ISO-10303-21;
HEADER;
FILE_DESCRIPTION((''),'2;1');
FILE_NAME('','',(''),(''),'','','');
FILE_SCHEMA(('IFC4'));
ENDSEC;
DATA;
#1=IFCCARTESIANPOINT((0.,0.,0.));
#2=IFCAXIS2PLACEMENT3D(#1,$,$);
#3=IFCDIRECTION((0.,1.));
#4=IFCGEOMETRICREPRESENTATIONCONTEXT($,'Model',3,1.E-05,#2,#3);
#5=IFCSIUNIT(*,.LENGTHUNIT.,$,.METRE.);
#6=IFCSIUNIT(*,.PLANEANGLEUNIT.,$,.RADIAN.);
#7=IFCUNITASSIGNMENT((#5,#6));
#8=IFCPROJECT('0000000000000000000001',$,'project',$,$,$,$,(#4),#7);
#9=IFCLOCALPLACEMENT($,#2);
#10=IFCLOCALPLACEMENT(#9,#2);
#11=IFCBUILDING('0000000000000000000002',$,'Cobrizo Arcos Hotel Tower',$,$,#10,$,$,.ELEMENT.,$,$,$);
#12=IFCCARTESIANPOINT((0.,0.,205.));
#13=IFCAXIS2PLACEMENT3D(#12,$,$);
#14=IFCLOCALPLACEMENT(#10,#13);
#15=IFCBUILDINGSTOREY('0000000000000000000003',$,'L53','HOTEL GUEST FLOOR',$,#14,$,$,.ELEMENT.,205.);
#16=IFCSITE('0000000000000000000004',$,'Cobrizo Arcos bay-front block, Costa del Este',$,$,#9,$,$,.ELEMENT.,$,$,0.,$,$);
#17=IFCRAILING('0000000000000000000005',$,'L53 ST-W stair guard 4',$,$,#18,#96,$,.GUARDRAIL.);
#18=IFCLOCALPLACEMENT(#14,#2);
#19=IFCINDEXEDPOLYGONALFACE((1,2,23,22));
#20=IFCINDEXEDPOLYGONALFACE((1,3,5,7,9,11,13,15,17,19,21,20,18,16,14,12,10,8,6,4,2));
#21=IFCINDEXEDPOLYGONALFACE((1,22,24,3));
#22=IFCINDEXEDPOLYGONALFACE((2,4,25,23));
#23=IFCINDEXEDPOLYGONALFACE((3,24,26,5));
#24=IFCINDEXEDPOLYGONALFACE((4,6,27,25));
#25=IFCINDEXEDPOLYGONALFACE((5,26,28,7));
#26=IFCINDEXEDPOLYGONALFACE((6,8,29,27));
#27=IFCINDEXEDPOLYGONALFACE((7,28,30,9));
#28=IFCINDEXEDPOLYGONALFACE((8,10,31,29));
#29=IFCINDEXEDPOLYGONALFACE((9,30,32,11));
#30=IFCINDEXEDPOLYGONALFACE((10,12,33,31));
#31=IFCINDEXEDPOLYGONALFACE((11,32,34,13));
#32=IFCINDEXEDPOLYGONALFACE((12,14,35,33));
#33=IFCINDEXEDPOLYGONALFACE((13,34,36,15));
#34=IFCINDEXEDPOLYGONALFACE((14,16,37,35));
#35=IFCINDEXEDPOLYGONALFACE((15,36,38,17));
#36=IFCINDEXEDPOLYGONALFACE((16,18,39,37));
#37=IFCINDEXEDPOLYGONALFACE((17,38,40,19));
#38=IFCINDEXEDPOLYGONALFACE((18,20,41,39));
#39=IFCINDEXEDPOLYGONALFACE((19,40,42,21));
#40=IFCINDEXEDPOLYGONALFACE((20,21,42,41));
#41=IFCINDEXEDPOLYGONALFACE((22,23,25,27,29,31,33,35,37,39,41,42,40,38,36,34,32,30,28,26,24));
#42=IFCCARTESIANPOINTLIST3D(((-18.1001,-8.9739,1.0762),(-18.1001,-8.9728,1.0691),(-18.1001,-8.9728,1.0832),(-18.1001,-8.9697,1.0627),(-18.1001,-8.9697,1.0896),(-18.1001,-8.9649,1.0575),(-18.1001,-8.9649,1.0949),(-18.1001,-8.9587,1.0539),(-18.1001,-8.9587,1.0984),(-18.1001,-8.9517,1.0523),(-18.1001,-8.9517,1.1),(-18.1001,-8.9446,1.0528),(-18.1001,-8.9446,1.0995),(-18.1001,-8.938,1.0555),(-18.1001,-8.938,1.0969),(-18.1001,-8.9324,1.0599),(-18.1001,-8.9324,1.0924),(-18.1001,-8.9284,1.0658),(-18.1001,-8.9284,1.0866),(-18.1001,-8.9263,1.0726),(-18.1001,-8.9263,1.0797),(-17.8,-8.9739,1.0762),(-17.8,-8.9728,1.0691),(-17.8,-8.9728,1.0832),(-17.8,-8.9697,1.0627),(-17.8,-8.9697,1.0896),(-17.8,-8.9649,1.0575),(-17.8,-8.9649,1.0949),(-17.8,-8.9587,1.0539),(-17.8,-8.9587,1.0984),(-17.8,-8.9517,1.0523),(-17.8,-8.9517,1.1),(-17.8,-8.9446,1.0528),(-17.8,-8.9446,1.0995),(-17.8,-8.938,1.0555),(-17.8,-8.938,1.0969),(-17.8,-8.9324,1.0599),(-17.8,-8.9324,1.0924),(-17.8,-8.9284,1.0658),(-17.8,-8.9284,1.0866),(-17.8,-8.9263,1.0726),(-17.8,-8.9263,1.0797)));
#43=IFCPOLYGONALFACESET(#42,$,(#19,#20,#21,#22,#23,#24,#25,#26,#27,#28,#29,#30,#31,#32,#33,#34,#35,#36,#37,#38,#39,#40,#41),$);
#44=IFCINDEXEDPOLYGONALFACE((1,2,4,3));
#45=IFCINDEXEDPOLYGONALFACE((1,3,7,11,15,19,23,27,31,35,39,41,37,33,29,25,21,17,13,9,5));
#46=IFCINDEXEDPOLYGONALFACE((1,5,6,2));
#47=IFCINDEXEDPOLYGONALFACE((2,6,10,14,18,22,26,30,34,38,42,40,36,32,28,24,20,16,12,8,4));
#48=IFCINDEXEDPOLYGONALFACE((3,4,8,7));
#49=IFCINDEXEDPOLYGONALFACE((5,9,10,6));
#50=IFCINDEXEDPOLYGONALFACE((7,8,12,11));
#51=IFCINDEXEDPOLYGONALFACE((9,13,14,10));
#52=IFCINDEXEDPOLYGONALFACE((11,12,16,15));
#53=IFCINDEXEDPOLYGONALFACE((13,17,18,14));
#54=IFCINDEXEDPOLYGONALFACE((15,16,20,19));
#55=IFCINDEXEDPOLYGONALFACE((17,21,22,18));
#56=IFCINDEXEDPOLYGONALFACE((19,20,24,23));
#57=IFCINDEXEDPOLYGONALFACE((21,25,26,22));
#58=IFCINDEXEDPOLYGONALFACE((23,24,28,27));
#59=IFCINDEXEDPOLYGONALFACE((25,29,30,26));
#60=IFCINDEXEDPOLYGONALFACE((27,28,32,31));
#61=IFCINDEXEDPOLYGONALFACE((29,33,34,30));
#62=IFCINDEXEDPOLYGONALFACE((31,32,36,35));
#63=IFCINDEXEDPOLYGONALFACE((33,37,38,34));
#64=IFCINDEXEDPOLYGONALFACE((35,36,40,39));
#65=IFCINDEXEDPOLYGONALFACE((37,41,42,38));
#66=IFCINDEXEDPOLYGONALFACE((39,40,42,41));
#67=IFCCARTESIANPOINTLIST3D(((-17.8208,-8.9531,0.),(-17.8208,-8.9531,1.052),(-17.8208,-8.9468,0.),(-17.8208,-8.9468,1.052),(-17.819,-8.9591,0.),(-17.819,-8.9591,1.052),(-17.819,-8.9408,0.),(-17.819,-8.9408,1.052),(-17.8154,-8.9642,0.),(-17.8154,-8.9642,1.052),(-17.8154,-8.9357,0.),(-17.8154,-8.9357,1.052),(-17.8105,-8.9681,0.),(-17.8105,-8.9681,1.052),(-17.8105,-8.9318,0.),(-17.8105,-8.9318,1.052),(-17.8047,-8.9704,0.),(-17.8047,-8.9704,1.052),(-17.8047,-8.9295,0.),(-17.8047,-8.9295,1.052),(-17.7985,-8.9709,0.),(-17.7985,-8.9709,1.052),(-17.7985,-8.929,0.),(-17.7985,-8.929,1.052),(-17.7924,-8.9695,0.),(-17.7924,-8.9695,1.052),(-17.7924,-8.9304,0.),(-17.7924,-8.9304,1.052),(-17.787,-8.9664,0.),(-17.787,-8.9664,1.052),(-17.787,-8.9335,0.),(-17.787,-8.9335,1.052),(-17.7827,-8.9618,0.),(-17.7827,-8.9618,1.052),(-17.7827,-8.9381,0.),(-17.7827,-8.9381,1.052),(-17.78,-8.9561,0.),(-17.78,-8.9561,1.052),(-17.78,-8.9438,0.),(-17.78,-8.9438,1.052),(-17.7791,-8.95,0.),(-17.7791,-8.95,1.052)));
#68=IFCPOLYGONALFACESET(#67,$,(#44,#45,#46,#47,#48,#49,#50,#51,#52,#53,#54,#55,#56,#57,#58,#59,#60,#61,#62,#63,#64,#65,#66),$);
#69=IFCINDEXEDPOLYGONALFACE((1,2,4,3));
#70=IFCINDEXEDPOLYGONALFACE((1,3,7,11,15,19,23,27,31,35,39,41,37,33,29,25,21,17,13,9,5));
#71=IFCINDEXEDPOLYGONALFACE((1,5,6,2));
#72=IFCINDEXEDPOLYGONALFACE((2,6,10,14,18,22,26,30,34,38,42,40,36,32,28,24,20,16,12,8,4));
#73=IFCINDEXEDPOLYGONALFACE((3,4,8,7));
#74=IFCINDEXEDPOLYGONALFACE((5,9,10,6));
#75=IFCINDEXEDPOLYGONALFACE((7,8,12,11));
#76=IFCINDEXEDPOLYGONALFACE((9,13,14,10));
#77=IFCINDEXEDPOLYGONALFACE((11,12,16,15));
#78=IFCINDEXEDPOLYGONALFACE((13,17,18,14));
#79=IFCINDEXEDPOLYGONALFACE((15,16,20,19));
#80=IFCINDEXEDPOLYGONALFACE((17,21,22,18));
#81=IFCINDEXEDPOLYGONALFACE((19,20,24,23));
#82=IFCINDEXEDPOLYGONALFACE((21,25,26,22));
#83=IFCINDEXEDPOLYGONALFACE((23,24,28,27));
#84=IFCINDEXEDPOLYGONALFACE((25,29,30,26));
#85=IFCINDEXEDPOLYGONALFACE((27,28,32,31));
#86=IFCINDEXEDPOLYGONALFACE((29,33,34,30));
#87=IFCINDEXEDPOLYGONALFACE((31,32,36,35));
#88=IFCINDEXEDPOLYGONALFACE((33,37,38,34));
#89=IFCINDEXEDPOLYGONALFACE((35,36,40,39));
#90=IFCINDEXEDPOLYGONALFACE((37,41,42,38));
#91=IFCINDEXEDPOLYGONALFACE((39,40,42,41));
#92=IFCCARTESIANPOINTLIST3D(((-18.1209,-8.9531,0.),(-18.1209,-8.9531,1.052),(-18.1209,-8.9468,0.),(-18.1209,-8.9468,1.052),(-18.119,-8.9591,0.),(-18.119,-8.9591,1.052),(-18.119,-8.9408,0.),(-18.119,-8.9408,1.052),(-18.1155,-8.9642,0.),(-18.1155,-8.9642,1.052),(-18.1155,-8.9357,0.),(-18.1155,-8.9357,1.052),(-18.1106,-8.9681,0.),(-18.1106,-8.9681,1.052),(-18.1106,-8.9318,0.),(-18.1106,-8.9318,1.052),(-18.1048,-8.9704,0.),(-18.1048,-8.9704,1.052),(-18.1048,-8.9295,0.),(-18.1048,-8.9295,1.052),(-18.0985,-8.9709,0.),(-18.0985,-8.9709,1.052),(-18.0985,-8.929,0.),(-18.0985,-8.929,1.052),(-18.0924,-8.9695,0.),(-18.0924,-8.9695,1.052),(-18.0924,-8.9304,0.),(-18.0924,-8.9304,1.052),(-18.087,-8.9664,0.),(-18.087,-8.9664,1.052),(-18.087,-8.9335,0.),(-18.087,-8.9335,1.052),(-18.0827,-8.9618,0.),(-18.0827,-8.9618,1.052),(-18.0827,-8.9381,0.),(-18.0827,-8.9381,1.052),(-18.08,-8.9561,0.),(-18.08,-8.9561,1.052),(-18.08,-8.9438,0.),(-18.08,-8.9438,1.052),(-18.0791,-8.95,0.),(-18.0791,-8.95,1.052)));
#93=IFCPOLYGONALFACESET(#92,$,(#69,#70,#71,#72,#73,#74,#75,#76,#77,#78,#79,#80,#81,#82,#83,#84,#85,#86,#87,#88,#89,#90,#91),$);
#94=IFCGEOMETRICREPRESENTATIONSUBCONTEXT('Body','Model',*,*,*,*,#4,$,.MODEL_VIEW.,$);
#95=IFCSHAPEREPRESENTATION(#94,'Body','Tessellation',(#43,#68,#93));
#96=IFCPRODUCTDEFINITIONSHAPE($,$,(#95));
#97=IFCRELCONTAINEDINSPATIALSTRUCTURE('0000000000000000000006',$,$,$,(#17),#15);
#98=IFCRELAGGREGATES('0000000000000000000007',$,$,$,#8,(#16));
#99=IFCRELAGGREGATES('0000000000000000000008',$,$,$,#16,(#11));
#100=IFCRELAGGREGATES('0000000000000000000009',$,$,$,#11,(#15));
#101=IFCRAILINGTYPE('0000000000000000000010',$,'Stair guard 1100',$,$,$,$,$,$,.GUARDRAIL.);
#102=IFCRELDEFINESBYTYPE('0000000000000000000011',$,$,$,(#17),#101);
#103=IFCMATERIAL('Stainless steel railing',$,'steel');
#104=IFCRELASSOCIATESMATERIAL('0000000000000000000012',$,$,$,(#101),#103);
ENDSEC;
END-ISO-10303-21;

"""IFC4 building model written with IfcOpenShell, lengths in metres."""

from ifc_helpers import new_model, si_unit, direction, frame, origin, origin_2d, place, context, subcontext, project, spatial, circle, extrude, material, type_object, element, save


model = new_model("IFC4")

# Units and contexts
model_context = context("Model", 3, precision=1e-05, world=origin(), true_north=direction((0.0, 1.0)))
body_context = subcontext(model_context, "Body", "Model", "MODEL_VIEW")
ifc_project = project(units=[si_unit("LENGTHUNIT", "METRE"), si_unit("PLANEANGLEUNIT", "RADIAN")], contexts=[model_context])

# Site, building, storey
site_placement = place(None, origin())
site = spatial("IfcSite", under=ifc_project, at=site_placement, Name="Cobrizo Arcos bay-front block, Costa del Este", CompositionType="ELEMENT", RefElevation=0.0)
building_placement = place(site_placement, origin())
building = spatial("IfcBuilding", under=site, at=building_placement, Name="Cobrizo Arcos Hotel Tower", CompositionType="ELEMENT")
storey_placement = place(building_placement, frame((0.0, 0.0, 205.0)))
storey = spatial("IfcBuildingStorey", under=building, at=storey_placement, Name="L53", Description="HOTEL GUEST FLOOR", CompositionType="ELEMENT", Elevation=205.0)

# Railing
ifc_material_1 = material(Name="Stainless steel railing", Category="steel")
railing_type_1 = type_object("IfcRailingType", Name="Stair guard 1100", PredefinedType="GUARDRAIL", material=ifc_material_1)
railing_1_placement = place(storey_placement, frame((-17.8, -8.95, 0.0)))
element("IfcRailing", 1, at=railing_1_placement, inside=storey, type_object=railing_type_1, Name="L53 ST-W stair guard 4", PredefinedType="GUARDRAIL", context=body_context, shape_type="SweptSolid", body=[
    extrude(circle(Radius=0.0239, at=origin_2d()), frame((0.0, 0.0, 1.0762), z_axis=(-1.0, 0.0, 0.0), x_axis=(0.0, -1.0, 0.0)), (0.0, 0.0, 1.0), 0.3),
    extrude(circle(Radius=0.021, at=origin_2d()), origin(), (0.0, 0.0, 1.0), 1.052),
    extrude(circle(Radius=0.021, at=origin_2d()), frame((-0.3, 0.0, 0.0)), (0.0, 0.0, 1.0), 1.052),
])

save(model, "model.ifc")
